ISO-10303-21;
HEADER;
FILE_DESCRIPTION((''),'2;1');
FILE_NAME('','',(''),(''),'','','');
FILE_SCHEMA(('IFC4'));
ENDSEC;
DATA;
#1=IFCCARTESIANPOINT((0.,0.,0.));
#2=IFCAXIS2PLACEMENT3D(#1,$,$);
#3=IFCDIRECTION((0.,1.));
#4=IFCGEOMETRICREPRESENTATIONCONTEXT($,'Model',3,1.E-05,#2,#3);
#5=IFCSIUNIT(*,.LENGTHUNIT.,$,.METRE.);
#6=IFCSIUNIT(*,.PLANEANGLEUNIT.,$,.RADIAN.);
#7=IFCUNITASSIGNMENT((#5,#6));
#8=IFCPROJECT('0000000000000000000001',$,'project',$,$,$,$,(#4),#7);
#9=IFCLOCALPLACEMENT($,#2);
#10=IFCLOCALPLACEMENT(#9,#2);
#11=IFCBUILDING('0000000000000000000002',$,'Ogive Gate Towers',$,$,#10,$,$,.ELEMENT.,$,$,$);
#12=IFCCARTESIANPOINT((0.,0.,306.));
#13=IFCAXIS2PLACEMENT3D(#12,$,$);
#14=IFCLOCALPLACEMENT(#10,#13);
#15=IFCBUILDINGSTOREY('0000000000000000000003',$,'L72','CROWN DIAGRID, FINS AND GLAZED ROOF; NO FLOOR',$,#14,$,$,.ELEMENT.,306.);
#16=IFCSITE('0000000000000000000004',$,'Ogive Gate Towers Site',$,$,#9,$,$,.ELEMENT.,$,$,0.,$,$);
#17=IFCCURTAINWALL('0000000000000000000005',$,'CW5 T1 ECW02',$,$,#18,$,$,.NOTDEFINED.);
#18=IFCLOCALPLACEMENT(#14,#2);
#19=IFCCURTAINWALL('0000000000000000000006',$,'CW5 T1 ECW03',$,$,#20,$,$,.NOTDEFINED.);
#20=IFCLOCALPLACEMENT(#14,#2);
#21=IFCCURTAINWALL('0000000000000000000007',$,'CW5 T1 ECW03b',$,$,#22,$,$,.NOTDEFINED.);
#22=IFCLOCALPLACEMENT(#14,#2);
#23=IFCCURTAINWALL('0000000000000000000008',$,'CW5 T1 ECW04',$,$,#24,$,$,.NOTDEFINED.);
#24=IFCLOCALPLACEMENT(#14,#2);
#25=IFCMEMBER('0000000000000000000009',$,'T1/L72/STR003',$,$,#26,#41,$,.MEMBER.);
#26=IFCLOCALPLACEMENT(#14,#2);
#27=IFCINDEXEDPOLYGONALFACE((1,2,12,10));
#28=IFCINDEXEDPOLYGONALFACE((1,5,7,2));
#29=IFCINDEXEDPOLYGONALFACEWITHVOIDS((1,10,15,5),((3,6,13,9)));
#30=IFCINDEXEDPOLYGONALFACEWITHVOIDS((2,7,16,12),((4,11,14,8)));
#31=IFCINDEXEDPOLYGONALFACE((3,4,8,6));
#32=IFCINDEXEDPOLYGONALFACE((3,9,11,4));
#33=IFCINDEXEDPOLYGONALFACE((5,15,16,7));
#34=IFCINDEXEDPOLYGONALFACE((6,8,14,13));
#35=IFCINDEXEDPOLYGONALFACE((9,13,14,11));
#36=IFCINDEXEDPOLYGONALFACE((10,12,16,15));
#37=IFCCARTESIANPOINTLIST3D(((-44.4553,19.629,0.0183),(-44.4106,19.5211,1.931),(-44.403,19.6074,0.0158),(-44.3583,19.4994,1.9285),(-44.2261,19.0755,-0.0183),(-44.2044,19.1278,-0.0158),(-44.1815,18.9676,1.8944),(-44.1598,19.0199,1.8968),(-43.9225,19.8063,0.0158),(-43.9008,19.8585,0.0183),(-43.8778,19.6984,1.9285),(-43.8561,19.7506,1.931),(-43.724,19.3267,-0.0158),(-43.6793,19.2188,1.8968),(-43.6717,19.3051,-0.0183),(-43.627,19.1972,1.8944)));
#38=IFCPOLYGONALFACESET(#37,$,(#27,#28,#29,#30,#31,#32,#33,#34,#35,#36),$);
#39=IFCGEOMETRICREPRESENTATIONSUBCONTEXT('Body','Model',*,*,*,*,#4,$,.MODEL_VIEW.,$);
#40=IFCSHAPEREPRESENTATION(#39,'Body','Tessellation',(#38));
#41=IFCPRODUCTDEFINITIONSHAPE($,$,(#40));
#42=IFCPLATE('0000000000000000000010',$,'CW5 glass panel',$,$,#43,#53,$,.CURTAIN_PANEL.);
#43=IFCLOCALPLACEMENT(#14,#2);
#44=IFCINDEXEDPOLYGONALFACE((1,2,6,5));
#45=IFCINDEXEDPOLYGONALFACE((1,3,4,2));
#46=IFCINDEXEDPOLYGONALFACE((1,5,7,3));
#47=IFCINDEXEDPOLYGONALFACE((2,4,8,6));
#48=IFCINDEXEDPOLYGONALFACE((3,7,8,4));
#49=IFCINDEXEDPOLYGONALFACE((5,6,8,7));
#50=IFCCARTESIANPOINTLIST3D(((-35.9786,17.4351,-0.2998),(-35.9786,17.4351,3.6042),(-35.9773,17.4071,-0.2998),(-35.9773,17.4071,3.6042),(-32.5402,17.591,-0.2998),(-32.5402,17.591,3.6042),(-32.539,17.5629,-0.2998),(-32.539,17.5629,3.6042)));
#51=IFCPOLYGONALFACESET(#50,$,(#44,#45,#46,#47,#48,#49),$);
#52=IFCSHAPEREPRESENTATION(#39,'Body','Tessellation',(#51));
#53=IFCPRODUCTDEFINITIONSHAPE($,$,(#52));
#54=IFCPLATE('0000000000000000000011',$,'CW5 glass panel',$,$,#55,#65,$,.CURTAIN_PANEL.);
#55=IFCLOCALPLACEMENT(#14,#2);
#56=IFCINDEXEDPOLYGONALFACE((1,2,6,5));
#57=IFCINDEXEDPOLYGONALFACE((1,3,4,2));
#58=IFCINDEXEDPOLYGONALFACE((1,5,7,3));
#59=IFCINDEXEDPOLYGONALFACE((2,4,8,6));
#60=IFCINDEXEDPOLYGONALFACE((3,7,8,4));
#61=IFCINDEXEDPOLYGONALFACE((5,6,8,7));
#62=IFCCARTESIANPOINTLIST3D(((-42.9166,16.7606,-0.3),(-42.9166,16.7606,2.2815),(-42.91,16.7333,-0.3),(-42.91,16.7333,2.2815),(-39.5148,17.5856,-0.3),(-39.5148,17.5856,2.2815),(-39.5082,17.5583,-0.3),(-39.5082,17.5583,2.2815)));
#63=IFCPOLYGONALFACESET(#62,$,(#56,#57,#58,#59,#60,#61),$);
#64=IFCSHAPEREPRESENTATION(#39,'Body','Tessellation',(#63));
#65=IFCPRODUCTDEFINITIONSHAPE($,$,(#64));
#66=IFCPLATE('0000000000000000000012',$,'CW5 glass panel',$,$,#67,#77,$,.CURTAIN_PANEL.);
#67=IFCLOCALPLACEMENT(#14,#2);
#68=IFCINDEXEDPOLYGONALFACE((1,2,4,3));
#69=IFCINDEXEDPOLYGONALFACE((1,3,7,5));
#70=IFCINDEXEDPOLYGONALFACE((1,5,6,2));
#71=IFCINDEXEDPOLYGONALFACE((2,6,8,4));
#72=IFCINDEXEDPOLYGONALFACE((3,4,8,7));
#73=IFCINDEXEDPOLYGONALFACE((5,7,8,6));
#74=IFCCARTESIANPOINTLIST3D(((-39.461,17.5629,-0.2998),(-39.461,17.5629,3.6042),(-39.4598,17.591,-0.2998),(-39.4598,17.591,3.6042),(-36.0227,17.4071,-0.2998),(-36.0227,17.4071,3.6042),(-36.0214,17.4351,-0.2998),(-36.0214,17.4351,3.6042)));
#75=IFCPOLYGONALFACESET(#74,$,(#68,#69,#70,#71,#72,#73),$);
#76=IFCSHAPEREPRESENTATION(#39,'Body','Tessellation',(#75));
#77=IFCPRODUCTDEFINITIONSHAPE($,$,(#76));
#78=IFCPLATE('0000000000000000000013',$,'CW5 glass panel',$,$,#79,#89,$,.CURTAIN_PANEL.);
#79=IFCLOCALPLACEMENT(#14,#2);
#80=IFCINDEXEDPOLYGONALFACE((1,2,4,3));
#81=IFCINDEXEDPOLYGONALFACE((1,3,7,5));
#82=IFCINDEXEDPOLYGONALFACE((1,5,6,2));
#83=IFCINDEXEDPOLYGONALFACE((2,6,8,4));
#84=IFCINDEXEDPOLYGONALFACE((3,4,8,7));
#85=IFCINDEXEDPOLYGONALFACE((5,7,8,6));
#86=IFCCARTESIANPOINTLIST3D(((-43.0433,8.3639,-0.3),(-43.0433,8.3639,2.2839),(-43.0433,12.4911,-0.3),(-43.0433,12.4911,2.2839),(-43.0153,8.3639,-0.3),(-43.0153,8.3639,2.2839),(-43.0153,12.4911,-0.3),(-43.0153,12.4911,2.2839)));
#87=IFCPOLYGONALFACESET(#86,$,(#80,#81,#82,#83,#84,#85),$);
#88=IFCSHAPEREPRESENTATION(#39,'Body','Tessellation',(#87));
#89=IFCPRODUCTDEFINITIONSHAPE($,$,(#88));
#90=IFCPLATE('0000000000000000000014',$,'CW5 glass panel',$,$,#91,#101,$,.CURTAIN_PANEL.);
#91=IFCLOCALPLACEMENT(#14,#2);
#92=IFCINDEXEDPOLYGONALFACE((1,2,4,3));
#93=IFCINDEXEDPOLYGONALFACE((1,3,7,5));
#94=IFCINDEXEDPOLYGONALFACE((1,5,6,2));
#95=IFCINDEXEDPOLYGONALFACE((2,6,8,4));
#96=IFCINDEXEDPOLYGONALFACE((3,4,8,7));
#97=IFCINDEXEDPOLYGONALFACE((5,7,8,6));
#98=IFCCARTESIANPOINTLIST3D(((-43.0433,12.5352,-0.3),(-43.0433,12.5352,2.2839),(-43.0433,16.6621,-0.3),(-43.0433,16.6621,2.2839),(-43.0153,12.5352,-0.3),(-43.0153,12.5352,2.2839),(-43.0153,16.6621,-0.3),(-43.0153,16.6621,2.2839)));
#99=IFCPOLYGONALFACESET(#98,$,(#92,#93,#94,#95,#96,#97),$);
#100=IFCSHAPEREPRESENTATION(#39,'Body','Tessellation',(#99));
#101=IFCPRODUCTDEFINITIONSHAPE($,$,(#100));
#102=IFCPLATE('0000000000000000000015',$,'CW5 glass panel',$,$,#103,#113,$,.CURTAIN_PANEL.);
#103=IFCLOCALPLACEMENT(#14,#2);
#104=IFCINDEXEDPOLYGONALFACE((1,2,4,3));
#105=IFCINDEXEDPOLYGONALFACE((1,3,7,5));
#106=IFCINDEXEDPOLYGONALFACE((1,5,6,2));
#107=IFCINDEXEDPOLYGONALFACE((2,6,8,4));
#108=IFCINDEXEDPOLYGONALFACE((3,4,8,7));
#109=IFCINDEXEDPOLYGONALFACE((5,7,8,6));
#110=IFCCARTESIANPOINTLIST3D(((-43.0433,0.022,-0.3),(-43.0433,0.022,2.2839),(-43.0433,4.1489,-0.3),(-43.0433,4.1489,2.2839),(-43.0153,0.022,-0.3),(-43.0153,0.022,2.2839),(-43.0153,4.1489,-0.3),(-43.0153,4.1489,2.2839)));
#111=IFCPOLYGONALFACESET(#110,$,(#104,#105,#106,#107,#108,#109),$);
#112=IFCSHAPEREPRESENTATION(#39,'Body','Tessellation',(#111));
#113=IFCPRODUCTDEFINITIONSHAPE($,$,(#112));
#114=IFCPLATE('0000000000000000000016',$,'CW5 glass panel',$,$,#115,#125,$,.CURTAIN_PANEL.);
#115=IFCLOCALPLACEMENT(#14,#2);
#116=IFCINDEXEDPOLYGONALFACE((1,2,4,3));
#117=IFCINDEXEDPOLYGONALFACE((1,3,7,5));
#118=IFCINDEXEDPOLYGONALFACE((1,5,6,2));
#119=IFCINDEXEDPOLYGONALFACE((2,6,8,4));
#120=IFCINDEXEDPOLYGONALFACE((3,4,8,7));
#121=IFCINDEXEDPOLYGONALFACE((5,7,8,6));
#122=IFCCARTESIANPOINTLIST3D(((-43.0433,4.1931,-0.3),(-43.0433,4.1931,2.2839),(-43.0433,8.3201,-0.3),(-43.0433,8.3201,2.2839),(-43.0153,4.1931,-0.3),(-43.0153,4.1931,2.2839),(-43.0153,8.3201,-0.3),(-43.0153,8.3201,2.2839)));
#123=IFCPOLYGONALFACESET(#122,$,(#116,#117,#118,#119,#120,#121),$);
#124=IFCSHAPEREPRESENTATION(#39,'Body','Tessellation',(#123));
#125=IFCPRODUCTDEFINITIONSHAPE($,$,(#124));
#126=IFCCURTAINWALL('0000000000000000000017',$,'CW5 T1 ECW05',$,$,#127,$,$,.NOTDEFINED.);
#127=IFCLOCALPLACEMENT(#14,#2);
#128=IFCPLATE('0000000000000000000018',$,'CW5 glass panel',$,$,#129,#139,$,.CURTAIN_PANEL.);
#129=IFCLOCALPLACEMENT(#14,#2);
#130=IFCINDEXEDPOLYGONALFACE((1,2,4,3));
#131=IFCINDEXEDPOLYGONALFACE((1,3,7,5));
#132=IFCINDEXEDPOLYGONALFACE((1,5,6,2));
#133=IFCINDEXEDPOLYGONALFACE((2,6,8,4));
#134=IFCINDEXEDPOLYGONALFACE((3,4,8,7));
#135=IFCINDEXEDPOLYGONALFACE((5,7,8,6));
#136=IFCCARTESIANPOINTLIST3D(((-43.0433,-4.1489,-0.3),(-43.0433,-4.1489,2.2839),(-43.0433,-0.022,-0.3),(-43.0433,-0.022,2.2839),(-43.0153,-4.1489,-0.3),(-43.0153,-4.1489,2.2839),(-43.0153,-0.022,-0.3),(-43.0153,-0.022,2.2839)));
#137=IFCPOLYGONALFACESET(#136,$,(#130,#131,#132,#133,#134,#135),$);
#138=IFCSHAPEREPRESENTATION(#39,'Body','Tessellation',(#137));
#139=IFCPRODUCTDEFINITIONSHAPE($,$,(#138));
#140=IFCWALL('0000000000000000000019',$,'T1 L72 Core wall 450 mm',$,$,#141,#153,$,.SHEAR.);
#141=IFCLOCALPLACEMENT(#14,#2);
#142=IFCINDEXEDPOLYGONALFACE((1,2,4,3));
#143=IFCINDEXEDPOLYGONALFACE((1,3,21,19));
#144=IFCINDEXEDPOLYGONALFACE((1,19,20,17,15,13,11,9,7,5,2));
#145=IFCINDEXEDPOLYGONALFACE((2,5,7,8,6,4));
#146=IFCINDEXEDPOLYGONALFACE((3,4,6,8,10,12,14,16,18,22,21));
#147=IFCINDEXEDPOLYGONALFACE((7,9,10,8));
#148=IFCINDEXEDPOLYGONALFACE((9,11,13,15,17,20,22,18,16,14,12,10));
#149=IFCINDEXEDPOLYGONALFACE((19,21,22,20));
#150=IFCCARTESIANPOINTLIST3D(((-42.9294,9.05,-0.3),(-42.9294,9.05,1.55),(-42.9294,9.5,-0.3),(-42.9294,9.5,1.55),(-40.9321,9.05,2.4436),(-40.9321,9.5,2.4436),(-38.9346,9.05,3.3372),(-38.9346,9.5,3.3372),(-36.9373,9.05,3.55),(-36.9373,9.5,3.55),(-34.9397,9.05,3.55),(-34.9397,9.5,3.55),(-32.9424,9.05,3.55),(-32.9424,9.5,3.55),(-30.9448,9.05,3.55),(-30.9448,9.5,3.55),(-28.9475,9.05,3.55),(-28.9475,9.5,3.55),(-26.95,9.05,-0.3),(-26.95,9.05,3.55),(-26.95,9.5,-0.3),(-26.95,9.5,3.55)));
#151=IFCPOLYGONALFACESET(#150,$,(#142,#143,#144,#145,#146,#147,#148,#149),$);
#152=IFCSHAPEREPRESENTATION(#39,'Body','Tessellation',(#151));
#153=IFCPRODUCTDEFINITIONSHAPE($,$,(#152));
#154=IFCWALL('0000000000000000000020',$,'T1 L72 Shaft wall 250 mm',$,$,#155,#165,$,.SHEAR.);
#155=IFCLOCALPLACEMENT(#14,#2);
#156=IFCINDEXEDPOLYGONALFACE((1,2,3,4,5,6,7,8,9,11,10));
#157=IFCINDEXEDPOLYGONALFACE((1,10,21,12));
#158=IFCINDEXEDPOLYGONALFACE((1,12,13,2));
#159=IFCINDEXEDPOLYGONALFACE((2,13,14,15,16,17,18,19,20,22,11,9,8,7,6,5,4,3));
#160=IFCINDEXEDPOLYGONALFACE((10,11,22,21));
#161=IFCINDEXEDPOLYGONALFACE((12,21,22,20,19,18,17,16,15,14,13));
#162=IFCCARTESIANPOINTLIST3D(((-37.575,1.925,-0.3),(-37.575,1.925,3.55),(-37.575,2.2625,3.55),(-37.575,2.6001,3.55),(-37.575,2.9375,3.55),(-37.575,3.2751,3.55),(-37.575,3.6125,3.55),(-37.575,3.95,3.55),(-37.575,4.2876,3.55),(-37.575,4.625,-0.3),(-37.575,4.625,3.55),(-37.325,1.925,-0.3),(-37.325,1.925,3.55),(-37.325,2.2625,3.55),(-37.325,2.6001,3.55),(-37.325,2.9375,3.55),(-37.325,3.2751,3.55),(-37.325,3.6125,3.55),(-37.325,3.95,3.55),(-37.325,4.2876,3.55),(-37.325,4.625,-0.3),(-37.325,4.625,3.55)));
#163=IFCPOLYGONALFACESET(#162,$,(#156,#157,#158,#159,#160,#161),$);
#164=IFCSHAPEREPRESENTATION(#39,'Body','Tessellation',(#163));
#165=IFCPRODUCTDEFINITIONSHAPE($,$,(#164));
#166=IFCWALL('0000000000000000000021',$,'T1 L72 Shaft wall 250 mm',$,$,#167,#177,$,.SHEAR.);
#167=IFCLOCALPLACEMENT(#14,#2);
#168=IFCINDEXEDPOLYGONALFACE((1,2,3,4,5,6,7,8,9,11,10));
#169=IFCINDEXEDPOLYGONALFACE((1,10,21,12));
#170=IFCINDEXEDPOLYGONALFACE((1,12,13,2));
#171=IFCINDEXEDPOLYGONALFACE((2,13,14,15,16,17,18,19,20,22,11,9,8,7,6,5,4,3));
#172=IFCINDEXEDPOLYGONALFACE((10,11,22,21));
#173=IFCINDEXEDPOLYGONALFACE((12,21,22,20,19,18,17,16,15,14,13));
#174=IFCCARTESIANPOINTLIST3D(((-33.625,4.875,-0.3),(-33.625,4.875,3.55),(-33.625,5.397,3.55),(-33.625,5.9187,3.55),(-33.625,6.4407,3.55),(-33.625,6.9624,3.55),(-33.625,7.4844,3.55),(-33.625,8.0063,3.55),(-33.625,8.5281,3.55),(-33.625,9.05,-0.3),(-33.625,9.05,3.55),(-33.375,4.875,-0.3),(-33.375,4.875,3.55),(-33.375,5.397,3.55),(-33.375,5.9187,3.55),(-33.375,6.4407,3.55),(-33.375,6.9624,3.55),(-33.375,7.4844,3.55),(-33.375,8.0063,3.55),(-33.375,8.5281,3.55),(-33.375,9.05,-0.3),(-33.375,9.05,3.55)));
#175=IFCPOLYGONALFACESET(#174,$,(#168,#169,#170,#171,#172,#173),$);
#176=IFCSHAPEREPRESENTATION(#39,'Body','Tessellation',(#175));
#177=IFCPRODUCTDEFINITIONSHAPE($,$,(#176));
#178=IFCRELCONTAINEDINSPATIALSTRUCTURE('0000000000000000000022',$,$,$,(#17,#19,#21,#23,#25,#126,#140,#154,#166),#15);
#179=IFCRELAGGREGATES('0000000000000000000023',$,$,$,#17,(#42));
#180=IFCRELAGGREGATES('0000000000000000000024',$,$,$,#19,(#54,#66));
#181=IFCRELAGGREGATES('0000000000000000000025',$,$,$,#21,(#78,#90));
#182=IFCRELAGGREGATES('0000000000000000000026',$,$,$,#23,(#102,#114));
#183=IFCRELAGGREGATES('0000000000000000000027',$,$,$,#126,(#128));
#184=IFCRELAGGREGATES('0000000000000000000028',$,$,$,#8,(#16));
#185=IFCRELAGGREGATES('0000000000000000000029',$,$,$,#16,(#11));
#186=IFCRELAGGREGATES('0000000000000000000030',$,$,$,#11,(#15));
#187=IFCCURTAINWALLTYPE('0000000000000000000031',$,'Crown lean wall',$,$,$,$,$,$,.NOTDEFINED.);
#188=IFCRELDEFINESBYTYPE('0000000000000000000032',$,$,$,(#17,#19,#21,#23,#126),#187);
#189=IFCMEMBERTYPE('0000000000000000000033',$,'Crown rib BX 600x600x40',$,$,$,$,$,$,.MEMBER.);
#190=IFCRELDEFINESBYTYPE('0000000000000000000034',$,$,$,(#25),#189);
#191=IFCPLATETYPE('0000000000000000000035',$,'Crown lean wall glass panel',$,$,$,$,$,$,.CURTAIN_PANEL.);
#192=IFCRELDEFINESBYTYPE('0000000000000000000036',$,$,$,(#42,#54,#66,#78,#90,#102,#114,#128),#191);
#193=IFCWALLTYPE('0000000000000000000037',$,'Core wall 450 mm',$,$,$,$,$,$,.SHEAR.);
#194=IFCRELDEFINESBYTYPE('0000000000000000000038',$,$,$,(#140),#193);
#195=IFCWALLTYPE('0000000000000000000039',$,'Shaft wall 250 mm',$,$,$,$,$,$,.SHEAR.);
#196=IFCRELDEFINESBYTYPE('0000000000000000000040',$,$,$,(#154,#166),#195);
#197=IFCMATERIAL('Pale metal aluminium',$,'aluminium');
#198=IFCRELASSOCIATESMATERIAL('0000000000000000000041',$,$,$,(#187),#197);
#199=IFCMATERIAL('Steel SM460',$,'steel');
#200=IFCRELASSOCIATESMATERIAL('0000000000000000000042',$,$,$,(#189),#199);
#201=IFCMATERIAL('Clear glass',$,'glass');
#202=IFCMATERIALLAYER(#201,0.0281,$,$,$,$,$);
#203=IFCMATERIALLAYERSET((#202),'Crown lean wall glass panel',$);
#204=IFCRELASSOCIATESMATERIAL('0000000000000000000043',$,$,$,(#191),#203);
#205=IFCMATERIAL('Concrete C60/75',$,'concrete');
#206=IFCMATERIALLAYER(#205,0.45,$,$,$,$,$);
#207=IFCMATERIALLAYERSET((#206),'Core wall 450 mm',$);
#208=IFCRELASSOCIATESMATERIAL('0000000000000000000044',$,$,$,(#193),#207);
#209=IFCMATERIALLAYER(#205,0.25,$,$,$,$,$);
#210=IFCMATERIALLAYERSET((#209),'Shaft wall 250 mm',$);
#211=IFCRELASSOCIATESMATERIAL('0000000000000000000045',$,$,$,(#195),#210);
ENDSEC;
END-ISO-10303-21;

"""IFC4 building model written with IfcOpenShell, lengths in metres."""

from ifc_helpers import new_model, si_unit, direction, frame, origin, origin_2d, place, context, subcontext, project, spatial, polyline, rectangle, hollow_rectangle, outline, extrude, material, layer, layer_set, material_profile, profile_set, type_object, element, aggregate, save


model = new_model("IFC4")

# Units and contexts
model_context = context("Model", 3, precision=1e-05, world=origin(), true_north=direction((0.0, 1.0)))
body_context = subcontext(model_context, "Body", "Model", "MODEL_VIEW")
ifc_project = project(units=[si_unit("LENGTHUNIT", "METRE"), si_unit("PLANEANGLEUNIT", "RADIAN")], contexts=[model_context])

# Site, building, storey
site_placement = place(None, origin())
site = spatial("IfcSite", under=ifc_project, at=site_placement, Name="Ogive Gate Towers Site", CompositionType="ELEMENT", RefElevation=0.0)
building_placement = place(site_placement, origin())
building = spatial("IfcBuilding", under=site, at=building_placement, Name="Ogive Gate Towers", CompositionType="ELEMENT")
storey_placement = place(building_placement, frame((0.0, 0.0, 306.0)))
storey = spatial("IfcBuildingStorey", under=building, at=storey_placement, Name="L72", Description="CROWN DIAGRID, FINS AND GLAZED ROOF; NO FLOOR", CompositionType="ELEMENT", Elevation=306.0)

# Curtain wall
ifc_material_1 = material(Name="Pale metal aluminium", Category="aluminium")
curtain_wall_type = type_object("IfcCurtainWallType", Name="Crown lean wall", PredefinedType="NOTDEFINED", material=ifc_material_1)
curtain_wall_1_placement = place(storey_placement, origin())
curtain_wall_1 = element("IfcCurtainWall", 1, at=curtain_wall_1_placement, inside=storey, type_object=curtain_wall_type, Name="CW5 T1 ECW02", PredefinedType="NOTDEFINED")

# Curtain walls
curtain_wall_2_placement = place(storey_placement, origin())
curtain_wall_2 = element("IfcCurtainWall", 2, at=curtain_wall_2_placement, inside=storey, type_object=curtain_wall_type, Name="CW5 T1 ECW03", PredefinedType="NOTDEFINED")
curtain_wall_3_placement = place(storey_placement, origin())
curtain_wall_3 = element("IfcCurtainWall", 3, at=curtain_wall_3_placement, inside=storey, type_object=curtain_wall_type, Name="CW5 T1 ECW03b", PredefinedType="NOTDEFINED")
curtain_wall_4_placement = place(storey_placement, origin())
curtain_wall_4 = element("IfcCurtainWall", 4, at=curtain_wall_4_placement, inside=storey, type_object=curtain_wall_type, Name="CW5 T1 ECW04", PredefinedType="NOTDEFINED")

# Member
ifc_material_2 = material(Name="Steel SM460", Category="steel")
ifc_material_profile_1 = material_profile(ifc_material_2, hollow_rectangle(XDim=0.6001, YDim=0.6001, WallThickness=0.04, at=origin_2d()), Name="BX 600x600x40")
ifc_profile_set_1 = profile_set([ifc_material_profile_1], Name="Steel SM460")
member_type_1 = type_object("IfcMemberType", Name="Crown rib BX 600x600x40", PredefinedType="MEMBER", material=ifc_profile_set_1)
member_1_placement = place(storey_placement, frame((-44.0635, 19.467, 0.0), z_axis=(0.023316, -0.056316, 0.998141), x_axis=(0.92394, 0.382536, 0.0)))
element("IfcMember", 5, at=member_1_placement, inside=storey, type_object=member_type_1, Name="T1/L72/STR003", PredefinedType="MEMBER", context=body_context, shape_type="SweptSolid", body=[
    extrude(hollow_rectangle(XDim=0.6001, YDim=0.6001, WallThickness=0.04, at=origin_2d()), origin(), (0.0, 0.0, 1.0), 1.9163),
])

# Plates
ifc_material_3 = material(Name="Clear glass", Category="glass")
ifc_layer_1 = layer(ifc_material_3, 0.0281)
ifc_layer_set_1 = layer_set([ifc_layer_1], Name="Crown lean wall glass panel")
plate_type_1 = type_object("IfcPlateType", Name="Crown lean wall glass panel", PredefinedType="CURTAIN_PANEL", material=ifc_layer_set_1)
plate_1_placement = place(storey_placement, frame((-34.2588, 17.499, -0.2998), z_axis=(0.0, 0.0, 1.0), x_axis=(0.998975, 0.045276, 0.0)))
plate_1 = element("IfcPlate", 6, at=plate_1_placement, type_object=plate_type_1, Name="CW5 glass panel", PredefinedType="CURTAIN_PANEL", context=body_context, shape_type="SweptSolid", body=[
    extrude(rectangle(XDim=3.4419, YDim=0.0281, at=origin_2d()), origin(), (0.0, 0.0, 1.0), 3.9041),
])
aggregate(curtain_wall_1, [plate_1])
plate_2_placement = place(storey_placement, frame((-41.2124, 17.1594, -0.3), z_axis=(0.0, 0.0, 1.0), x_axis=(0.97183, 0.235685, 0.0)))
plate_2 = element("IfcPlate", 7, at=plate_2_placement, type_object=plate_type_1, Name="CW5 glass panel", PredefinedType="CURTAIN_PANEL", context=body_context, shape_type="SweptSolid", body=[
    extrude(rectangle(XDim=3.5005, YDim=0.0281, at=origin_2d()), origin(), (0.0, 0.0, 1.0), 2.5815),
])
plate_3_placement = place(storey_placement, frame((-37.7412, 17.499, -0.2998), z_axis=(0.0, 0.0, 1.0), x_axis=(0.998975, -0.045276, 0.0)))
plate_3 = element("IfcPlate", 8, at=plate_3_placement, type_object=plate_type_1, Name="CW5 glass panel", PredefinedType="CURTAIN_PANEL", context=body_context, shape_type="SweptSolid", body=[
    extrude(rectangle(XDim=3.4419, YDim=0.0281, at=origin_2d()), origin(), (0.0, 0.0, 1.0), 3.9041),
])
aggregate(curtain_wall_2, [plate_2, plate_3])
plate_4_placement = place(storey_placement, frame((-43.0293, 10.4275, -0.3), z_axis=(0.0, 0.0, 1.0), x_axis=(0.0, 1.0, 0.0)))
plate_4 = element("IfcPlate", 9, at=plate_4_placement, type_object=plate_type_1, Name="CW5 glass panel", PredefinedType="CURTAIN_PANEL", context=body_context, shape_type="SweptSolid", body=[
    extrude(rectangle(XDim=4.1272, YDim=0.0281, at=origin_2d()), origin(), (0.0, 0.0, 1.0), 2.584),
])
plate_5_placement = place(storey_placement, frame((-43.0293, 14.5986, -0.3), z_axis=(0.0, 0.0, 1.0), x_axis=(0.0, 1.0, 0.0)))
plate_5 = element("IfcPlate", 10, at=plate_5_placement, type_object=plate_type_1, Name="CW5 glass panel", PredefinedType="CURTAIN_PANEL", context=body_context, shape_type="SweptSolid", body=[
    extrude(rectangle(XDim=4.127, YDim=0.0281, at=origin_2d()), origin(), (0.0, 0.0, 1.0), 2.584),
])
aggregate(curtain_wall_3, [plate_4, plate_5])
plate_6_placement = place(storey_placement, frame((-43.0293, 2.0854, -0.3), z_axis=(0.0, 0.0, 1.0), x_axis=(0.0, 1.0, 0.0)))
plate_6 = element("IfcPlate", 11, at=plate_6_placement, type_object=plate_type_1, Name="CW5 glass panel", PredefinedType="CURTAIN_PANEL", context=body_context, shape_type="SweptSolid", body=[
    extrude(rectangle(XDim=4.127, YDim=0.0281, at=origin_2d()), origin(), (0.0, 0.0, 1.0), 2.584),
])
plate_7_placement = place(storey_placement, frame((-43.0293, 6.2566, -0.3), z_axis=(0.0, 0.0, 1.0), x_axis=(0.0, 1.0, 0.0)))
plate_7 = element("IfcPlate", 12, at=plate_7_placement, type_object=plate_type_1, Name="CW5 glass panel", PredefinedType="CURTAIN_PANEL", context=body_context, shape_type="SweptSolid", body=[
    extrude(rectangle(XDim=4.127, YDim=0.0281, at=origin_2d()), origin(), (0.0, 0.0, 1.0), 2.584),
])
aggregate(curtain_wall_4, [plate_6, plate_7])

# Curtain wall, plate
curtain_wall_5_placement = place(storey_placement, origin())
curtain_wall_5 = element("IfcCurtainWall", 13, at=curtain_wall_5_placement, inside=storey, type_object=curtain_wall_type, Name="CW5 T1 ECW05", PredefinedType="NOTDEFINED")
plate_8_placement = place(storey_placement, frame((-43.0293, -2.0854, -0.3), z_axis=(0.0, 0.0, 1.0), x_axis=(0.0, 1.0, 0.0)))
plate_8 = element("IfcPlate", 14, at=plate_8_placement, type_object=plate_type_1, Name="CW5 glass panel", PredefinedType="CURTAIN_PANEL", context=body_context, shape_type="SweptSolid", body=[
    extrude(rectangle(XDim=4.127, YDim=0.0281, at=origin_2d()), origin(), (0.0, 0.0, 1.0), 2.584),
])
aggregate(curtain_wall_5, [plate_8])

# Walls
ifc_material_4 = material(Name="Concrete C60/75", Category="concrete")
ifc_layer_2 = layer(ifc_material_4, 0.45)
ifc_layer_set_2 = layer_set([ifc_layer_2], Name="Core wall 450 mm")
wall_type_1 = type_object("IfcWallType", Name="Core wall 450 mm", PredefinedType="SHEAR", material=ifc_layer_set_2)
wall_1_placement = place(storey_placement, frame((-42.9294, 9.2749, -0.3), z_axis=(0.0, 0.0, 1.0), x_axis=(1.0, 0.0, 0.0)))
element("IfcWall", 15, at=wall_1_placement, inside=storey, type_object=wall_type_1, Name="T1 L72 Core wall 450 mm", PredefinedType="SHEAR", context=body_context, shape_type="SweptSolid", body=[
    extrude(outline(polyline([(0.0, 0.0), (15.9795, 0.0), (15.9795, 3.8501), (13.9819, 3.8501), (11.9846, 3.8501), (9.9871, 3.8501), (7.9897, 3.8501), (5.9922, 3.8501), (3.9949, 3.6372), (1.9973, 2.7437), (0.0, 1.8501), (0.0, 0.0)])), frame((0.0, 0.2251, 0.0), z_axis=(0.0, -1.0, 0.0), x_axis=(1.0, 0.0, 0.0)), (0.0, 0.0, 1.0), 0.45),
])
ifc_layer_3 = layer(ifc_material_4, 0.25)
ifc_layer_set_3 = layer_set([ifc_layer_3], Name="Shaft wall 250 mm")
wall_type_2 = type_object("IfcWallType", Name="Shaft wall 250 mm", PredefinedType="SHEAR", material=ifc_layer_set_3)
wall_2_placement = place(storey_placement, frame((-37.45, 1.925, -0.3), z_axis=(0.0, 0.0, 1.0), x_axis=(0.0, 1.0, 0.0)))
element("IfcWall", 16, at=wall_2_placement, inside=storey, type_object=wall_type_2, Name="T1 L72 Shaft wall 250 mm", PredefinedType="SHEAR", context=body_context, shape_type="SweptSolid", body=[
    extrude(outline(polyline([(0.0, 0.0), (2.7, 0.0), (2.7, 3.8501), (2.3625, 3.8501), (2.0249, 3.8501), (1.6875, 3.8501), (1.3501, 3.8501), (1.0125, 3.8501), (0.675, 3.8501), (0.3374, 3.8501), (0.0, 3.8501), (0.0, 0.0)])), frame((0.0, 0.125, 0.0), z_axis=(0.0, -1.0, 0.0), x_axis=(1.0, 0.0, 0.0)), (0.0, 0.0, 1.0), 0.25),
])
wall_3_placement = place(storey_placement, frame((-33.5, 4.875, -0.3), z_axis=(0.0, 0.0, 1.0), x_axis=(0.0, 1.0, 0.0)))
element("IfcWall", 17, at=wall_3_placement, inside=storey, type_object=wall_type_2, Name="T1 L72 Shaft wall 250 mm", PredefinedType="SHEAR", context=body_context, shape_type="SweptSolid", body=[
    extrude(outline(polyline([(0.0, 0.0), (4.175, 0.0), (4.175, 3.8501), (3.6531, 3.8501), (3.1313, 3.8501), (2.6094, 3.8501), (2.0874, 3.8501), (1.5657, 3.8501), (1.0437, 3.8501), (0.522, 3.8501), (0.0, 3.8501), (0.0, 0.0)])), frame((0.0, 0.125, 0.0), z_axis=(0.0, -1.0, 0.0), x_axis=(1.0, 0.0, 0.0)), (0.0, 0.0, 1.0), 0.25),
])

save(model, "model.ifc")
